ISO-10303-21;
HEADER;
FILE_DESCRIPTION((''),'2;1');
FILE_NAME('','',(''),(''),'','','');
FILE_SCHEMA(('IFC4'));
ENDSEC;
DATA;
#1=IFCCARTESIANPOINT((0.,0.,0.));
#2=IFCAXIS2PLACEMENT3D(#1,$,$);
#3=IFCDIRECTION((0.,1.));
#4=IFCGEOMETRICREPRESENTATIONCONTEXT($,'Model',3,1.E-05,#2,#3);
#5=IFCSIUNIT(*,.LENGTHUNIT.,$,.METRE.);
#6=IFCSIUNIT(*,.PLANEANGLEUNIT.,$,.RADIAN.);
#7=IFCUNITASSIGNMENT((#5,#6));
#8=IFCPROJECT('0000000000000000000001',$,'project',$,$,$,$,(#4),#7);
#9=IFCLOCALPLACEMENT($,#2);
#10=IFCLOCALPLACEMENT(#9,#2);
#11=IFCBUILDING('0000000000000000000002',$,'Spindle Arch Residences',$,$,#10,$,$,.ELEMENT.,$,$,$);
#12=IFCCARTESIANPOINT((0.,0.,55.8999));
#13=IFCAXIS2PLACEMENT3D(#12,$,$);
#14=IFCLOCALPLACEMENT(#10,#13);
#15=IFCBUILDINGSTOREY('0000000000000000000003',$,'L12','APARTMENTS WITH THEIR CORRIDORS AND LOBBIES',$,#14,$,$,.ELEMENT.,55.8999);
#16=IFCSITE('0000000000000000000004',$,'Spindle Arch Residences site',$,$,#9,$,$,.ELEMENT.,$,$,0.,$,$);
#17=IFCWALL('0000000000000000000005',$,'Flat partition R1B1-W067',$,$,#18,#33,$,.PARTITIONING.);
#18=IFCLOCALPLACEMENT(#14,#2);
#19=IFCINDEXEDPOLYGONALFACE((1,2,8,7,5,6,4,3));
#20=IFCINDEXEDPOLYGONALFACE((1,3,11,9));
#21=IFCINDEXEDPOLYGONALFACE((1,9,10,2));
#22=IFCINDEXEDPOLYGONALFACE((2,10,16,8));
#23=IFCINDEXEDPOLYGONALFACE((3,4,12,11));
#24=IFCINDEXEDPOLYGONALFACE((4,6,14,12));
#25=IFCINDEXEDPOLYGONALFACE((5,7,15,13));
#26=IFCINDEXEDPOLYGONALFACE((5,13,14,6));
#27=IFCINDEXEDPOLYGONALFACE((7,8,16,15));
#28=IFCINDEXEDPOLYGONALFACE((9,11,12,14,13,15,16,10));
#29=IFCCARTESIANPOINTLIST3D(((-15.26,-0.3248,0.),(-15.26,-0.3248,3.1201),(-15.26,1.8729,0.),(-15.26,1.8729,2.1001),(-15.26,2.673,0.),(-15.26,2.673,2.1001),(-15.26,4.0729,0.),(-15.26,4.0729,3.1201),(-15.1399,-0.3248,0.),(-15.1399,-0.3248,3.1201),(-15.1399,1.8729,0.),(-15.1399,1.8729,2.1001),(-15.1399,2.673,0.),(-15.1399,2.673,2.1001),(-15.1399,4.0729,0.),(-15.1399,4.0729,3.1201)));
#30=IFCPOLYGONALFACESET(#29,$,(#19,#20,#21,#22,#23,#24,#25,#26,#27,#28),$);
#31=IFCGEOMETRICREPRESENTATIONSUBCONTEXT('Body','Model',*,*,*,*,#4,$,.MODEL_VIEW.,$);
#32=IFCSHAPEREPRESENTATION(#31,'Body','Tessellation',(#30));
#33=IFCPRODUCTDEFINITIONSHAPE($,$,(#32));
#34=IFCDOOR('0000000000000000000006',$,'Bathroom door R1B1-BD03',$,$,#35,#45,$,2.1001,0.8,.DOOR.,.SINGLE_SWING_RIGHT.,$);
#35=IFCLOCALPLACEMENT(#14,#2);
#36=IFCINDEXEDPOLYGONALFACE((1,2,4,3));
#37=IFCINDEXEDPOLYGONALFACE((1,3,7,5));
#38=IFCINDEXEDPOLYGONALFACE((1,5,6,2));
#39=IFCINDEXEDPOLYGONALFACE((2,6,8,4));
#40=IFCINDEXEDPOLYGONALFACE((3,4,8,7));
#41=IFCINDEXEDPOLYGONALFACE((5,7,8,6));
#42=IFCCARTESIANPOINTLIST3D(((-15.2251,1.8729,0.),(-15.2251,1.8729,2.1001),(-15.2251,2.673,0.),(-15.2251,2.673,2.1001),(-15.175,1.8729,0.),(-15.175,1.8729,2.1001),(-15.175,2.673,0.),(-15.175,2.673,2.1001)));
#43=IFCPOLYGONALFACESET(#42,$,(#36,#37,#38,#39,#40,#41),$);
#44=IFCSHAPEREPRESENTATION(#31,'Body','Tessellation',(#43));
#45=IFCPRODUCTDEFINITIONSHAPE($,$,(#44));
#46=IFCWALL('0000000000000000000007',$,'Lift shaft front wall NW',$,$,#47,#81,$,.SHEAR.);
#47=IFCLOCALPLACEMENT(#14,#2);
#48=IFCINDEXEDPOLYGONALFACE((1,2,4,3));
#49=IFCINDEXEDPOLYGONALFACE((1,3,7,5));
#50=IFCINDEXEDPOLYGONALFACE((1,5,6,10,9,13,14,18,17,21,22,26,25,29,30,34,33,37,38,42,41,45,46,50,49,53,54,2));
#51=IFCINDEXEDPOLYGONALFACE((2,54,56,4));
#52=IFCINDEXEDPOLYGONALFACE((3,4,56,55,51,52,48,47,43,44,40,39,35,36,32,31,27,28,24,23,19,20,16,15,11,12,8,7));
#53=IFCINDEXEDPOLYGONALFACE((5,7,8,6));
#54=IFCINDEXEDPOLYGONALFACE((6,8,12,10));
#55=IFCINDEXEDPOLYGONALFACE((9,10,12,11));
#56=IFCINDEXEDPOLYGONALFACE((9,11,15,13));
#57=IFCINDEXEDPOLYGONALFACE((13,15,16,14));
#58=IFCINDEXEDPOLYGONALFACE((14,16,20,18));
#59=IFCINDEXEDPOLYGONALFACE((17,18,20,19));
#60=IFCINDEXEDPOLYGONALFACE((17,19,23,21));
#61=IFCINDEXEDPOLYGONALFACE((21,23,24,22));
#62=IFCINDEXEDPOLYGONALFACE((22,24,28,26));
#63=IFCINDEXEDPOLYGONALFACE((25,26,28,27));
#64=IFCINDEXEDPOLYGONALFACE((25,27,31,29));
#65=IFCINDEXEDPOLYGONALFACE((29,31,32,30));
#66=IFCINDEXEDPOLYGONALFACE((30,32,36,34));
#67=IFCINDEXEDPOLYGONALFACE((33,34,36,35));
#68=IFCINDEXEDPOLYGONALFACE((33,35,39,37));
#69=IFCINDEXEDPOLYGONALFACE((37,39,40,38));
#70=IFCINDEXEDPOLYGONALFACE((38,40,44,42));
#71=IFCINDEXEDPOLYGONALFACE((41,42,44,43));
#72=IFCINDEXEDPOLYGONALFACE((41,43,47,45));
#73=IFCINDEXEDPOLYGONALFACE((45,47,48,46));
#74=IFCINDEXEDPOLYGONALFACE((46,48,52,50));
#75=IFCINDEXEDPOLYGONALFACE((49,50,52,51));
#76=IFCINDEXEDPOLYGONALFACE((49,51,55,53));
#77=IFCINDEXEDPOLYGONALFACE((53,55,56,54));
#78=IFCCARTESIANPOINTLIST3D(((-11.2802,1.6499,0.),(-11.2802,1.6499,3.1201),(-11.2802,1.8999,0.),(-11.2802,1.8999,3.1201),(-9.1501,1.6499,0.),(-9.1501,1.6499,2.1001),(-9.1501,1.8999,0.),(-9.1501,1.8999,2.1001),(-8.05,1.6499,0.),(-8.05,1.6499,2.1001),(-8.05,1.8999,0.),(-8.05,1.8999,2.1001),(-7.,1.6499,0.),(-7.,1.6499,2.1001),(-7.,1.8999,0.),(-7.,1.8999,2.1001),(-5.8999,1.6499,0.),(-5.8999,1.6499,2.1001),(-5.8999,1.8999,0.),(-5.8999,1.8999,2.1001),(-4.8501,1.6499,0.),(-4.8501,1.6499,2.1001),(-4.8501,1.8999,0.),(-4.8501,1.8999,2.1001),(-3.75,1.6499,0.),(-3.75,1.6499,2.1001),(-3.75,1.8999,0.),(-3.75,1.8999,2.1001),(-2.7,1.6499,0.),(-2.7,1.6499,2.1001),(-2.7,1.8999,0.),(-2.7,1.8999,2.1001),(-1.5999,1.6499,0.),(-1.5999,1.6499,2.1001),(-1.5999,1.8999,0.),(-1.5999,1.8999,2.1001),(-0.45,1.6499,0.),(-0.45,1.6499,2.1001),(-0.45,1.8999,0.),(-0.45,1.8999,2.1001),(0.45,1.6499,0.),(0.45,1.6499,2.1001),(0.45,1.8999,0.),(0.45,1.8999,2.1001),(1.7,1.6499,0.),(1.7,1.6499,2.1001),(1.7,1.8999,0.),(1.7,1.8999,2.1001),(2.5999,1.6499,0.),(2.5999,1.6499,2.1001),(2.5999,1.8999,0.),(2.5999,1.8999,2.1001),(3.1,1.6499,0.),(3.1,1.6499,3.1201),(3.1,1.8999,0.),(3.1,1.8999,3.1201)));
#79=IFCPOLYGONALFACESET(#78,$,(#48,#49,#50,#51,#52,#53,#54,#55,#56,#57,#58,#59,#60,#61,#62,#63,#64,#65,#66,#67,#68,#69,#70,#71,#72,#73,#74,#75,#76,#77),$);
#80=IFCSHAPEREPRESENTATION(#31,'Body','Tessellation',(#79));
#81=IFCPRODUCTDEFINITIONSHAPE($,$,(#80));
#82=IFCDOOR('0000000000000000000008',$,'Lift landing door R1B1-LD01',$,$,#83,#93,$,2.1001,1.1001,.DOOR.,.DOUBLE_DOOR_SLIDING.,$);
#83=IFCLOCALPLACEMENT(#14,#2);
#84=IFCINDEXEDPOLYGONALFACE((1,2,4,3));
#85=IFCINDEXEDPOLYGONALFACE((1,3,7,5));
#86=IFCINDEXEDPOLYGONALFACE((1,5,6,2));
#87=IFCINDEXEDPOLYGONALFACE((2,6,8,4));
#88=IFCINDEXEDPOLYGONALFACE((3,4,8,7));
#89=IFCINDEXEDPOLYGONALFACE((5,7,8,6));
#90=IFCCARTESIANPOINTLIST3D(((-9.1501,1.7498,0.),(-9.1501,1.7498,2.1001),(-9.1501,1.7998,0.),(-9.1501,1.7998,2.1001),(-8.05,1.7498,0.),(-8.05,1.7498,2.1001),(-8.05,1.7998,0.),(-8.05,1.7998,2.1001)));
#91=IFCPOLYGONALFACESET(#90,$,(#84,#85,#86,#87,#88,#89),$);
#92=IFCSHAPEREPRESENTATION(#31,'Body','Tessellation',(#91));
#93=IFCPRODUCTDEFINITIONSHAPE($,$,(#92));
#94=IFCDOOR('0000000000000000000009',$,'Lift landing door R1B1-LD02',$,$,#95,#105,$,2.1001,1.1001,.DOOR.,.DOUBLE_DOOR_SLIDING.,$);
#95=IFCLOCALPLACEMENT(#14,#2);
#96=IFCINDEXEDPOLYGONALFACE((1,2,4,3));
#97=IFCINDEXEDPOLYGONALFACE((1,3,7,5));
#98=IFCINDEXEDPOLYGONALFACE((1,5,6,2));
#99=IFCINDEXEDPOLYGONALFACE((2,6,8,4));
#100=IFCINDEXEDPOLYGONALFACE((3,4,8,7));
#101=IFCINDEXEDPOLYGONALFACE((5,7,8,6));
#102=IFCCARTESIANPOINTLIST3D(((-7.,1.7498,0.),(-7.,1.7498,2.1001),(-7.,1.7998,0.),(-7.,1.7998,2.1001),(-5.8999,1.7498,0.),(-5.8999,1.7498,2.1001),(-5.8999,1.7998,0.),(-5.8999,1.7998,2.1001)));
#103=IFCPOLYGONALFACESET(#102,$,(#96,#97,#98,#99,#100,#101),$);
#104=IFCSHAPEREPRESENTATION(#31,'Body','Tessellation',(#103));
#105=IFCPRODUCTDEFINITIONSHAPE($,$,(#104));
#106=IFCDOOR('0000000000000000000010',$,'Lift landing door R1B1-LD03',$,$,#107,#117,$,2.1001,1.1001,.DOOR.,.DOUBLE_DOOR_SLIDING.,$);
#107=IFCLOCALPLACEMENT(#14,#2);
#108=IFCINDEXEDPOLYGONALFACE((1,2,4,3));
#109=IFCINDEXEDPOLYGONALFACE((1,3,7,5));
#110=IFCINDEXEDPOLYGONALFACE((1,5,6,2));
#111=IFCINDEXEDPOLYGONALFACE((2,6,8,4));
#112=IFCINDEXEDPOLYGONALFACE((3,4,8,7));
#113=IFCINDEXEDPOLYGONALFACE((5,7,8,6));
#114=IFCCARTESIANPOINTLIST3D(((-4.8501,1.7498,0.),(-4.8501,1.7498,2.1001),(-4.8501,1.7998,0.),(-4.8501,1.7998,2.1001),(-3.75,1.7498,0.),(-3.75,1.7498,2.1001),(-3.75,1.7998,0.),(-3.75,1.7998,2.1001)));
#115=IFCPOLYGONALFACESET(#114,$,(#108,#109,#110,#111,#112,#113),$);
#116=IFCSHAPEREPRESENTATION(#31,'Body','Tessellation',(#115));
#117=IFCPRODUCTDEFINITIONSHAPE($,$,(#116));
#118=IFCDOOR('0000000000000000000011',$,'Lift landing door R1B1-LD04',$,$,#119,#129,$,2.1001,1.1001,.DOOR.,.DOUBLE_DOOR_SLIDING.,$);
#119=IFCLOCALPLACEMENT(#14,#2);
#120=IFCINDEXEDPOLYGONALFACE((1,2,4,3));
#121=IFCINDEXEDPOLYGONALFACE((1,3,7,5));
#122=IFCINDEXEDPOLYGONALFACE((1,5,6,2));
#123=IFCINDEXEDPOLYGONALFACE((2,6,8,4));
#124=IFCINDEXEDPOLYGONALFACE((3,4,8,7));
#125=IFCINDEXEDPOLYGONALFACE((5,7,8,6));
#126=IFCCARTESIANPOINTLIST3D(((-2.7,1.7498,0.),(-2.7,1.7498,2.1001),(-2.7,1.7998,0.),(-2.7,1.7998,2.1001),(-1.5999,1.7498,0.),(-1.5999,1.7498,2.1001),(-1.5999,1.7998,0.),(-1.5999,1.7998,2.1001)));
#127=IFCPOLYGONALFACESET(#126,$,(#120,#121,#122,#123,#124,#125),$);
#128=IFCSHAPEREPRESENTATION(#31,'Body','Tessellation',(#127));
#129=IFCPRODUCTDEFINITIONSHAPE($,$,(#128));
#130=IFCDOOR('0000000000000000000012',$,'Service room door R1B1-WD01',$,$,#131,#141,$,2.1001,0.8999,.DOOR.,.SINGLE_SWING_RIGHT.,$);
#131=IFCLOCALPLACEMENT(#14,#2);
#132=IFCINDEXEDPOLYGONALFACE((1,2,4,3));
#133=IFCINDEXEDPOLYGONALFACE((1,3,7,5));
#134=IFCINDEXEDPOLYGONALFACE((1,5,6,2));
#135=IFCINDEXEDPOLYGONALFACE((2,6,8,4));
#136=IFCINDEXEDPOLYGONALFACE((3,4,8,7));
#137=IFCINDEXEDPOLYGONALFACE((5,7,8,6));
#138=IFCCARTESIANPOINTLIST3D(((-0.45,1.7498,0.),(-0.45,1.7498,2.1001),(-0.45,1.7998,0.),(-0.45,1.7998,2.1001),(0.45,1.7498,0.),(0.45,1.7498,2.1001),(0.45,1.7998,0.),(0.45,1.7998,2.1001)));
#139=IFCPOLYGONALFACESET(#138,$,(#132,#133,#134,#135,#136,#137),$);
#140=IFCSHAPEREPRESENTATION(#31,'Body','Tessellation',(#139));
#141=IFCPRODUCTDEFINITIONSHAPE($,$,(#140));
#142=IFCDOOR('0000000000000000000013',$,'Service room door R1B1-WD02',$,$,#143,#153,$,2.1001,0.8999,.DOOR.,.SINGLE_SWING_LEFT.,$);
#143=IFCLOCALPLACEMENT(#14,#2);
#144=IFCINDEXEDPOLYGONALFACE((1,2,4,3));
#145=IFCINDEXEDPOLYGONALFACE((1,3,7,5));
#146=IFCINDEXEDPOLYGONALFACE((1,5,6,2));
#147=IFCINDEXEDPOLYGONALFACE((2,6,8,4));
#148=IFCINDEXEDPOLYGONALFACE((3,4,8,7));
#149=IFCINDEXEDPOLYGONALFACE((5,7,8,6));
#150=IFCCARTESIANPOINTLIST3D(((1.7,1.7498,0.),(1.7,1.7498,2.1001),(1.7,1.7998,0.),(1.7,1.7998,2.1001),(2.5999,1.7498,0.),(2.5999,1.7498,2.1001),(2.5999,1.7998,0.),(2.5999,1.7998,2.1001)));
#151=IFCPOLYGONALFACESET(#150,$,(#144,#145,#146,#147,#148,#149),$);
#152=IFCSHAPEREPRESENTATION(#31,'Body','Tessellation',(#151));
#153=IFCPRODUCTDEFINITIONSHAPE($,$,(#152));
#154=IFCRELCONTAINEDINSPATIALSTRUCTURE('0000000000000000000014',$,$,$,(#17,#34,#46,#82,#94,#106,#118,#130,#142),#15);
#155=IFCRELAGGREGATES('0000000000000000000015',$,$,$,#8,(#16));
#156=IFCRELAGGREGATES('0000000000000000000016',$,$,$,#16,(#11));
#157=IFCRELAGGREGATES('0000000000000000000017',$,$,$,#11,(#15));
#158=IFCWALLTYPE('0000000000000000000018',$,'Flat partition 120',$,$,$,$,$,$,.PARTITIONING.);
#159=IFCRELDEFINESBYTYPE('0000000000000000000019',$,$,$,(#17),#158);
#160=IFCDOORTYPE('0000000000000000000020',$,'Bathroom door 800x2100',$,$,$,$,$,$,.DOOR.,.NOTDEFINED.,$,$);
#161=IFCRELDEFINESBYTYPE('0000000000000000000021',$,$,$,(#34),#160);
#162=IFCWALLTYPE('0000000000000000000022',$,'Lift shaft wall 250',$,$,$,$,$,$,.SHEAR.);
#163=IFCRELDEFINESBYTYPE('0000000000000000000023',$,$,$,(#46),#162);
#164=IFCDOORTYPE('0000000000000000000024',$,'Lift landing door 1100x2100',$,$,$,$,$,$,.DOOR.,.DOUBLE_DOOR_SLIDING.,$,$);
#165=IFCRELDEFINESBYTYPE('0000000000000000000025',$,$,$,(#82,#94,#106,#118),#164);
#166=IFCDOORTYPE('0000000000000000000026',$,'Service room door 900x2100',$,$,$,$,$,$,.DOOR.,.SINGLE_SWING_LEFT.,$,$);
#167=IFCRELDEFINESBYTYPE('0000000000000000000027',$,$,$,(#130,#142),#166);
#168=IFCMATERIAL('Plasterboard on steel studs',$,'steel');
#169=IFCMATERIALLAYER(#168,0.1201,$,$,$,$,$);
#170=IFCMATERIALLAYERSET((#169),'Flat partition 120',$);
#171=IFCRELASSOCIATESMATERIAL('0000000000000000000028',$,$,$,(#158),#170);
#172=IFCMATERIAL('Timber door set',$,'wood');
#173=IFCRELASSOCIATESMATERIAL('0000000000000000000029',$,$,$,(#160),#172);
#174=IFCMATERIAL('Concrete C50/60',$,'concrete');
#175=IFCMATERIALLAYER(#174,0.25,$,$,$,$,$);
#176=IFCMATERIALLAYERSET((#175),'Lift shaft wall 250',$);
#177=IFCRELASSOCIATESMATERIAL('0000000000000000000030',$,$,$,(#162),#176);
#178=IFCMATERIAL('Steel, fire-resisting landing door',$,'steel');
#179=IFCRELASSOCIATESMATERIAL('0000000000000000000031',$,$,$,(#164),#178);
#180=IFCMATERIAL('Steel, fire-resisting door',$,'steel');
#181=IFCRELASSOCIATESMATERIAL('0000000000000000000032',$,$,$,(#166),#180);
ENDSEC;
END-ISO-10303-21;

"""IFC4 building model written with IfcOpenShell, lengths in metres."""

from ifc_helpers import new_model, si_unit, direction, frame, frame_2d, origin, place, context, subcontext, project, spatial, rectangle, extrude, material, layer, layer_set, type_object, element, fill, save


model = new_model("IFC4")

# Units and contexts
model_context = context("Model", 3, precision=1e-05, world=origin(), true_north=direction((0.0, 1.0)))
body_context = subcontext(model_context, "Body", "Model", "MODEL_VIEW")
ifc_project = project(units=[si_unit("LENGTHUNIT", "METRE"), si_unit("PLANEANGLEUNIT", "RADIAN")], contexts=[model_context])

# Site, building, storey
site_placement = place(None, origin())
site = spatial("IfcSite", under=ifc_project, at=site_placement, Name="Spindle Arch Residences site", CompositionType="ELEMENT", RefElevation=0.0)
building_placement = place(site_placement, origin())
building = spatial("IfcBuilding", under=site, at=building_placement, Name="Spindle Arch Residences", CompositionType="ELEMENT")
storey_placement = place(building_placement, frame((0.0, 0.0, 55.8999)))
storey = spatial("IfcBuildingStorey", under=building, at=storey_placement, Name="L12", Description="APARTMENTS WITH THEIR CORRIDORS AND LOBBIES", CompositionType="ELEMENT", Elevation=55.8999)

# Shared definitions
ifc_material_1 = material(Name="Plasterboard on steel studs", Category="steel")
ifc_layer_1 = layer(ifc_material_1, 0.1201)
ifc_layer_set_1 = layer_set([ifc_layer_1], Name="Flat partition 120")
wall_type_1 = type_object("IfcWallType", Name="Flat partition 120", PredefinedType="PARTITIONING", material=ifc_layer_set_1)

# Wall, opening, door
wall_1_placement = place(storey_placement, frame((-15.2, 4.0728, 0.0), z_axis=(0.0, 0.0, 1.0), x_axis=(0.0, -1.0, 0.0)))
wall_1 = element("IfcWall", 1, at=wall_1_placement, inside=storey, type_object=wall_type_1, Name="Flat partition R1B1-W067", PredefinedType="PARTITIONING", context=body_context, shape_type="SweptSolid", body=[
    extrude(rectangle(XDim=4.3977, YDim=0.1201, at=frame_2d((2.1987, 0.0))), origin(), (0.0, 0.0, 1.0), 3.1201),
])
opening_1_placement = place(wall_1_placement, frame((1.3999, 0.0, 0.0)))
opening_1 = element("IfcOpeningElement", 2, at=opening_1_placement, cuts=wall_1, PredefinedType="OPENING", context=body_context, shape_type="SweptSolid", body=[
    extrude(rectangle(XDim=0.8, YDim=2.1001, at=frame_2d((0.3999, 1.05))), frame((0.0, 0.0701, 0.0), z_axis=(0.0, -1.0, 0.0), x_axis=(1.0, 0.0, 0.0)), (0.0, 0.0, 1.0), 0.1401),
])
ifc_material_2 = material(Name="Timber door set", Category="wood")
door_type_1 = type_object("IfcDoorType", Name="Bathroom door 800x2100", OperationType="NOTDEFINED", PredefinedType="DOOR", material=ifc_material_2)
door_1_placement = place(opening_1_placement, origin())
door_1 = element("IfcDoor", 3, at=door_1_placement, inside=storey, type_object=door_type_1, Name="Bathroom door R1B1-BD03", OperationType="SINGLE_SWING_RIGHT", OverallHeight=2.1001, OverallWidth=0.8, PredefinedType="DOOR", context=body_context, shape_type="SweptSolid", body=[
    extrude(rectangle(XDim=0.8, YDim=2.1001, at=frame_2d((0.3999, 1.05))), frame((0.0, 0.0249, 0.0), z_axis=(0.0, -1.0, 0.0), x_axis=(1.0, 0.0, 0.0)), (0.0, 0.0, 1.0), 0.05),
])
fill(opening_1, door_1)

# Wall, openings, doors
ifc_material_3 = material(Name="Concrete C50/60", Category="concrete")
ifc_layer_2 = layer(ifc_material_3, 0.25)
ifc_layer_set_2 = layer_set([ifc_layer_2], Name="Lift shaft wall 250")
wall_type_2 = type_object("IfcWallType", Name="Lift shaft wall 250", PredefinedType="SHEAR", material=ifc_layer_set_2)
wall_2_placement = place(storey_placement, frame((-11.28, 1.7749, 0.0), z_axis=(0.0, 0.0, 1.0), x_axis=(1.0, 0.0, 0.0)))
wall_2 = element("IfcWall", 4, at=wall_2_placement, inside=storey, type_object=wall_type_2, Name="Lift shaft front wall NW", PredefinedType="SHEAR", context=body_context, shape_type="SweptSolid", body=[
    extrude(rectangle(XDim=14.3801, YDim=0.25, at=frame_2d((7.1899, 0.0))), origin(), (0.0, 0.0, 1.0), 3.1201),
])
opening_2_placement = place(wall_2_placement, frame((2.1299, 0.0, 0.0)))
opening_2 = element("IfcOpeningElement", 5, at=opening_2_placement, cuts=wall_2, PredefinedType="OPENING", context=body_context, shape_type="SweptSolid", body=[
    extrude(rectangle(XDim=1.1001, YDim=2.1001, at=frame_2d((0.55, 1.05))), frame((0.0, 0.135, 0.0), z_axis=(0.0, -1.0, 0.0), x_axis=(1.0, 0.0, 0.0)), (0.0, 0.0, 1.0), 0.27),
])
opening_3_placement = place(wall_2_placement, frame((4.28, 0.0, 0.0)))
opening_3 = element("IfcOpeningElement", 6, at=opening_3_placement, cuts=wall_2, PredefinedType="OPENING", context=body_context, shape_type="SweptSolid", body=[
    extrude(rectangle(XDim=1.1001, YDim=2.1001, at=frame_2d((0.55, 1.05))), frame((0.0, 0.135, 0.0), z_axis=(0.0, -1.0, 0.0), x_axis=(1.0, 0.0, 0.0)), (0.0, 0.0, 1.0), 0.27),
])
opening_4_placement = place(wall_2_placement, frame((6.4299, 0.0, 0.0)))
opening_4 = element("IfcOpeningElement", 7, at=opening_4_placement, cuts=wall_2, PredefinedType="OPENING", context=body_context, shape_type="SweptSolid", body=[
    extrude(rectangle(XDim=1.1001, YDim=2.1001, at=frame_2d((0.55, 1.05))), frame((0.0, 0.135, 0.0), z_axis=(0.0, -1.0, 0.0), x_axis=(1.0, 0.0, 0.0)), (0.0, 0.0, 1.0), 0.27),
])
opening_5_placement = place(wall_2_placement, frame((8.5801, 0.0, 0.0)))
opening_5 = element("IfcOpeningElement", 8, at=opening_5_placement, cuts=wall_2, PredefinedType="OPENING", context=body_context, shape_type="SweptSolid", body=[
    extrude(rectangle(XDim=1.1001, YDim=2.1001, at=frame_2d((0.55, 1.05))), frame((0.0, 0.135, 0.0), z_axis=(0.0, -1.0, 0.0), x_axis=(1.0, 0.0, 0.0)), (0.0, 0.0, 1.0), 0.27),
])
opening_6_placement = place(wall_2_placement, frame((10.8301, 0.0, 0.0)))
opening_6 = element("IfcOpeningElement", 9, at=opening_6_placement, cuts=wall_2, PredefinedType="OPENING", context=body_context, shape_type="SweptSolid", body=[
    extrude(rectangle(XDim=0.8999, YDim=2.1001, at=frame_2d((0.45, 1.05))), frame((0.0, 0.135, 0.0), z_axis=(0.0, -1.0, 0.0), x_axis=(1.0, 0.0, 0.0)), (0.0, 0.0, 1.0), 0.27),
])
opening_7_placement = place(wall_2_placement, frame((12.98, 0.0, 0.0)))
opening_7 = element("IfcOpeningElement", 10, at=opening_7_placement, cuts=wall_2, PredefinedType="OPENING", context=body_context, shape_type="SweptSolid", body=[
    extrude(rectangle(XDim=0.8999, YDim=2.1001, at=frame_2d((0.45, 1.05))), frame((0.0, 0.135, 0.0), z_axis=(0.0, -1.0, 0.0), x_axis=(1.0, 0.0, 0.0)), (0.0, 0.0, 1.0), 0.27),
])
ifc_material_4 = material(Name="Steel, fire-resisting landing door", Category="steel")
door_type_2 = type_object("IfcDoorType", Name="Lift landing door 1100x2100", OperationType="DOUBLE_DOOR_SLIDING", PredefinedType="DOOR", material=ifc_material_4)
door_2_placement = place(opening_2_placement, origin())
door_2 = element("IfcDoor", 11, at=door_2_placement, inside=storey, type_object=door_type_2, Name="Lift landing door R1B1-LD01", OperationType="DOUBLE_DOOR_SLIDING", OverallHeight=2.1001, OverallWidth=1.1001, PredefinedType="DOOR", context=body_context, shape_type="SweptSolid", body=[
    extrude(rectangle(XDim=1.1001, YDim=2.1001, at=frame_2d((0.55, 1.05))), frame((0.0, 0.0249, 0.0), z_axis=(0.0, -1.0, 0.0), x_axis=(1.0, 0.0, 0.0)), (0.0, 0.0, 1.0), 0.05),
])
fill(opening_2, door_2)
door_3_placement = place(opening_3_placement, origin())
door_3 = element("IfcDoor", 12, at=door_3_placement, inside=storey, type_object=door_type_2, Name="Lift landing door R1B1-LD02", OperationType="DOUBLE_DOOR_SLIDING", OverallHeight=2.1001, OverallWidth=1.1001, PredefinedType="DOOR", context=body_context, shape_type="SweptSolid", body=[
    extrude(rectangle(XDim=1.1001, YDim=2.1001, at=frame_2d((0.55, 1.05))), frame((0.0, 0.0249, 0.0), z_axis=(0.0, -1.0, 0.0), x_axis=(1.0, 0.0, 0.0)), (0.0, 0.0, 1.0), 0.05),
])
fill(opening_3, door_3)
door_4_placement = place(opening_4_placement, origin())
door_4 = element("IfcDoor", 13, at=door_4_placement, inside=storey, type_object=door_type_2, Name="Lift landing door R1B1-LD03", OperationType="DOUBLE_DOOR_SLIDING", OverallHeight=2.1001, OverallWidth=1.1001, PredefinedType="DOOR", context=body_context, shape_type="SweptSolid", body=[
    extrude(rectangle(XDim=1.1001, YDim=2.1001, at=frame_2d((0.55, 1.05))), frame((0.0, 0.0249, 0.0), z_axis=(0.0, -1.0, 0.0), x_axis=(1.0, 0.0, 0.0)), (0.0, 0.0, 1.0), 0.05),
])
fill(opening_4, door_4)
door_5_placement = place(opening_5_placement, origin())
door_5 = element("IfcDoor", 14, at=door_5_placement, inside=storey, type_object=door_type_2, Name="Lift landing door R1B1-LD04", OperationType="DOUBLE_DOOR_SLIDING", OverallHeight=2.1001, OverallWidth=1.1001, PredefinedType="DOOR", context=body_context, shape_type="SweptSolid", body=[
    extrude(rectangle(XDim=1.1001, YDim=2.1001, at=frame_2d((0.55, 1.05))), frame((0.0, 0.0249, 0.0), z_axis=(0.0, -1.0, 0.0), x_axis=(1.0, 0.0, 0.0)), (0.0, 0.0, 1.0), 0.05),
])
fill(opening_5, door_5)
ifc_material_5 = material(Name="Steel, fire-resisting door", Category="steel")
door_type_3 = type_object("IfcDoorType", Name="Service room door 900x2100", OperationType="SINGLE_SWING_LEFT", PredefinedType="DOOR", material=ifc_material_5)
door_6_placement = place(opening_6_placement, origin())
door_6 = element("IfcDoor", 15, at=door_6_placement, inside=storey, type_object=door_type_3, Name="Service room door R1B1-WD01", OperationType="SINGLE_SWING_RIGHT", OverallHeight=2.1001, OverallWidth=0.8999, PredefinedType="DOOR", context=body_context, shape_type="SweptSolid", body=[
    extrude(rectangle(XDim=0.8999, YDim=2.1001, at=frame_2d((0.45, 1.05))), frame((0.0, 0.0249, 0.0), z_axis=(0.0, -1.0, 0.0), x_axis=(1.0, 0.0, 0.0)), (0.0, 0.0, 1.0), 0.05),
])
fill(opening_6, door_6)
door_7_placement = place(opening_7_placement, origin())
door_7 = element("IfcDoor", 16, at=door_7_placement, inside=storey, type_object=door_type_3, Name="Service room door R1B1-WD02", OperationType="SINGLE_SWING_LEFT", OverallHeight=2.1001, OverallWidth=0.8999, PredefinedType="DOOR", context=body_context, shape_type="SweptSolid", body=[
    extrude(rectangle(XDim=0.8999, YDim=2.1001, at=frame_2d((0.45, 1.05))), frame((0.0, 0.0249, 0.0), z_axis=(0.0, -1.0, 0.0), x_axis=(1.0, 0.0, 0.0)), (0.0, 0.0, 1.0), 0.05),
])
fill(opening_7, door_7)

save(model, "model.ifc")
